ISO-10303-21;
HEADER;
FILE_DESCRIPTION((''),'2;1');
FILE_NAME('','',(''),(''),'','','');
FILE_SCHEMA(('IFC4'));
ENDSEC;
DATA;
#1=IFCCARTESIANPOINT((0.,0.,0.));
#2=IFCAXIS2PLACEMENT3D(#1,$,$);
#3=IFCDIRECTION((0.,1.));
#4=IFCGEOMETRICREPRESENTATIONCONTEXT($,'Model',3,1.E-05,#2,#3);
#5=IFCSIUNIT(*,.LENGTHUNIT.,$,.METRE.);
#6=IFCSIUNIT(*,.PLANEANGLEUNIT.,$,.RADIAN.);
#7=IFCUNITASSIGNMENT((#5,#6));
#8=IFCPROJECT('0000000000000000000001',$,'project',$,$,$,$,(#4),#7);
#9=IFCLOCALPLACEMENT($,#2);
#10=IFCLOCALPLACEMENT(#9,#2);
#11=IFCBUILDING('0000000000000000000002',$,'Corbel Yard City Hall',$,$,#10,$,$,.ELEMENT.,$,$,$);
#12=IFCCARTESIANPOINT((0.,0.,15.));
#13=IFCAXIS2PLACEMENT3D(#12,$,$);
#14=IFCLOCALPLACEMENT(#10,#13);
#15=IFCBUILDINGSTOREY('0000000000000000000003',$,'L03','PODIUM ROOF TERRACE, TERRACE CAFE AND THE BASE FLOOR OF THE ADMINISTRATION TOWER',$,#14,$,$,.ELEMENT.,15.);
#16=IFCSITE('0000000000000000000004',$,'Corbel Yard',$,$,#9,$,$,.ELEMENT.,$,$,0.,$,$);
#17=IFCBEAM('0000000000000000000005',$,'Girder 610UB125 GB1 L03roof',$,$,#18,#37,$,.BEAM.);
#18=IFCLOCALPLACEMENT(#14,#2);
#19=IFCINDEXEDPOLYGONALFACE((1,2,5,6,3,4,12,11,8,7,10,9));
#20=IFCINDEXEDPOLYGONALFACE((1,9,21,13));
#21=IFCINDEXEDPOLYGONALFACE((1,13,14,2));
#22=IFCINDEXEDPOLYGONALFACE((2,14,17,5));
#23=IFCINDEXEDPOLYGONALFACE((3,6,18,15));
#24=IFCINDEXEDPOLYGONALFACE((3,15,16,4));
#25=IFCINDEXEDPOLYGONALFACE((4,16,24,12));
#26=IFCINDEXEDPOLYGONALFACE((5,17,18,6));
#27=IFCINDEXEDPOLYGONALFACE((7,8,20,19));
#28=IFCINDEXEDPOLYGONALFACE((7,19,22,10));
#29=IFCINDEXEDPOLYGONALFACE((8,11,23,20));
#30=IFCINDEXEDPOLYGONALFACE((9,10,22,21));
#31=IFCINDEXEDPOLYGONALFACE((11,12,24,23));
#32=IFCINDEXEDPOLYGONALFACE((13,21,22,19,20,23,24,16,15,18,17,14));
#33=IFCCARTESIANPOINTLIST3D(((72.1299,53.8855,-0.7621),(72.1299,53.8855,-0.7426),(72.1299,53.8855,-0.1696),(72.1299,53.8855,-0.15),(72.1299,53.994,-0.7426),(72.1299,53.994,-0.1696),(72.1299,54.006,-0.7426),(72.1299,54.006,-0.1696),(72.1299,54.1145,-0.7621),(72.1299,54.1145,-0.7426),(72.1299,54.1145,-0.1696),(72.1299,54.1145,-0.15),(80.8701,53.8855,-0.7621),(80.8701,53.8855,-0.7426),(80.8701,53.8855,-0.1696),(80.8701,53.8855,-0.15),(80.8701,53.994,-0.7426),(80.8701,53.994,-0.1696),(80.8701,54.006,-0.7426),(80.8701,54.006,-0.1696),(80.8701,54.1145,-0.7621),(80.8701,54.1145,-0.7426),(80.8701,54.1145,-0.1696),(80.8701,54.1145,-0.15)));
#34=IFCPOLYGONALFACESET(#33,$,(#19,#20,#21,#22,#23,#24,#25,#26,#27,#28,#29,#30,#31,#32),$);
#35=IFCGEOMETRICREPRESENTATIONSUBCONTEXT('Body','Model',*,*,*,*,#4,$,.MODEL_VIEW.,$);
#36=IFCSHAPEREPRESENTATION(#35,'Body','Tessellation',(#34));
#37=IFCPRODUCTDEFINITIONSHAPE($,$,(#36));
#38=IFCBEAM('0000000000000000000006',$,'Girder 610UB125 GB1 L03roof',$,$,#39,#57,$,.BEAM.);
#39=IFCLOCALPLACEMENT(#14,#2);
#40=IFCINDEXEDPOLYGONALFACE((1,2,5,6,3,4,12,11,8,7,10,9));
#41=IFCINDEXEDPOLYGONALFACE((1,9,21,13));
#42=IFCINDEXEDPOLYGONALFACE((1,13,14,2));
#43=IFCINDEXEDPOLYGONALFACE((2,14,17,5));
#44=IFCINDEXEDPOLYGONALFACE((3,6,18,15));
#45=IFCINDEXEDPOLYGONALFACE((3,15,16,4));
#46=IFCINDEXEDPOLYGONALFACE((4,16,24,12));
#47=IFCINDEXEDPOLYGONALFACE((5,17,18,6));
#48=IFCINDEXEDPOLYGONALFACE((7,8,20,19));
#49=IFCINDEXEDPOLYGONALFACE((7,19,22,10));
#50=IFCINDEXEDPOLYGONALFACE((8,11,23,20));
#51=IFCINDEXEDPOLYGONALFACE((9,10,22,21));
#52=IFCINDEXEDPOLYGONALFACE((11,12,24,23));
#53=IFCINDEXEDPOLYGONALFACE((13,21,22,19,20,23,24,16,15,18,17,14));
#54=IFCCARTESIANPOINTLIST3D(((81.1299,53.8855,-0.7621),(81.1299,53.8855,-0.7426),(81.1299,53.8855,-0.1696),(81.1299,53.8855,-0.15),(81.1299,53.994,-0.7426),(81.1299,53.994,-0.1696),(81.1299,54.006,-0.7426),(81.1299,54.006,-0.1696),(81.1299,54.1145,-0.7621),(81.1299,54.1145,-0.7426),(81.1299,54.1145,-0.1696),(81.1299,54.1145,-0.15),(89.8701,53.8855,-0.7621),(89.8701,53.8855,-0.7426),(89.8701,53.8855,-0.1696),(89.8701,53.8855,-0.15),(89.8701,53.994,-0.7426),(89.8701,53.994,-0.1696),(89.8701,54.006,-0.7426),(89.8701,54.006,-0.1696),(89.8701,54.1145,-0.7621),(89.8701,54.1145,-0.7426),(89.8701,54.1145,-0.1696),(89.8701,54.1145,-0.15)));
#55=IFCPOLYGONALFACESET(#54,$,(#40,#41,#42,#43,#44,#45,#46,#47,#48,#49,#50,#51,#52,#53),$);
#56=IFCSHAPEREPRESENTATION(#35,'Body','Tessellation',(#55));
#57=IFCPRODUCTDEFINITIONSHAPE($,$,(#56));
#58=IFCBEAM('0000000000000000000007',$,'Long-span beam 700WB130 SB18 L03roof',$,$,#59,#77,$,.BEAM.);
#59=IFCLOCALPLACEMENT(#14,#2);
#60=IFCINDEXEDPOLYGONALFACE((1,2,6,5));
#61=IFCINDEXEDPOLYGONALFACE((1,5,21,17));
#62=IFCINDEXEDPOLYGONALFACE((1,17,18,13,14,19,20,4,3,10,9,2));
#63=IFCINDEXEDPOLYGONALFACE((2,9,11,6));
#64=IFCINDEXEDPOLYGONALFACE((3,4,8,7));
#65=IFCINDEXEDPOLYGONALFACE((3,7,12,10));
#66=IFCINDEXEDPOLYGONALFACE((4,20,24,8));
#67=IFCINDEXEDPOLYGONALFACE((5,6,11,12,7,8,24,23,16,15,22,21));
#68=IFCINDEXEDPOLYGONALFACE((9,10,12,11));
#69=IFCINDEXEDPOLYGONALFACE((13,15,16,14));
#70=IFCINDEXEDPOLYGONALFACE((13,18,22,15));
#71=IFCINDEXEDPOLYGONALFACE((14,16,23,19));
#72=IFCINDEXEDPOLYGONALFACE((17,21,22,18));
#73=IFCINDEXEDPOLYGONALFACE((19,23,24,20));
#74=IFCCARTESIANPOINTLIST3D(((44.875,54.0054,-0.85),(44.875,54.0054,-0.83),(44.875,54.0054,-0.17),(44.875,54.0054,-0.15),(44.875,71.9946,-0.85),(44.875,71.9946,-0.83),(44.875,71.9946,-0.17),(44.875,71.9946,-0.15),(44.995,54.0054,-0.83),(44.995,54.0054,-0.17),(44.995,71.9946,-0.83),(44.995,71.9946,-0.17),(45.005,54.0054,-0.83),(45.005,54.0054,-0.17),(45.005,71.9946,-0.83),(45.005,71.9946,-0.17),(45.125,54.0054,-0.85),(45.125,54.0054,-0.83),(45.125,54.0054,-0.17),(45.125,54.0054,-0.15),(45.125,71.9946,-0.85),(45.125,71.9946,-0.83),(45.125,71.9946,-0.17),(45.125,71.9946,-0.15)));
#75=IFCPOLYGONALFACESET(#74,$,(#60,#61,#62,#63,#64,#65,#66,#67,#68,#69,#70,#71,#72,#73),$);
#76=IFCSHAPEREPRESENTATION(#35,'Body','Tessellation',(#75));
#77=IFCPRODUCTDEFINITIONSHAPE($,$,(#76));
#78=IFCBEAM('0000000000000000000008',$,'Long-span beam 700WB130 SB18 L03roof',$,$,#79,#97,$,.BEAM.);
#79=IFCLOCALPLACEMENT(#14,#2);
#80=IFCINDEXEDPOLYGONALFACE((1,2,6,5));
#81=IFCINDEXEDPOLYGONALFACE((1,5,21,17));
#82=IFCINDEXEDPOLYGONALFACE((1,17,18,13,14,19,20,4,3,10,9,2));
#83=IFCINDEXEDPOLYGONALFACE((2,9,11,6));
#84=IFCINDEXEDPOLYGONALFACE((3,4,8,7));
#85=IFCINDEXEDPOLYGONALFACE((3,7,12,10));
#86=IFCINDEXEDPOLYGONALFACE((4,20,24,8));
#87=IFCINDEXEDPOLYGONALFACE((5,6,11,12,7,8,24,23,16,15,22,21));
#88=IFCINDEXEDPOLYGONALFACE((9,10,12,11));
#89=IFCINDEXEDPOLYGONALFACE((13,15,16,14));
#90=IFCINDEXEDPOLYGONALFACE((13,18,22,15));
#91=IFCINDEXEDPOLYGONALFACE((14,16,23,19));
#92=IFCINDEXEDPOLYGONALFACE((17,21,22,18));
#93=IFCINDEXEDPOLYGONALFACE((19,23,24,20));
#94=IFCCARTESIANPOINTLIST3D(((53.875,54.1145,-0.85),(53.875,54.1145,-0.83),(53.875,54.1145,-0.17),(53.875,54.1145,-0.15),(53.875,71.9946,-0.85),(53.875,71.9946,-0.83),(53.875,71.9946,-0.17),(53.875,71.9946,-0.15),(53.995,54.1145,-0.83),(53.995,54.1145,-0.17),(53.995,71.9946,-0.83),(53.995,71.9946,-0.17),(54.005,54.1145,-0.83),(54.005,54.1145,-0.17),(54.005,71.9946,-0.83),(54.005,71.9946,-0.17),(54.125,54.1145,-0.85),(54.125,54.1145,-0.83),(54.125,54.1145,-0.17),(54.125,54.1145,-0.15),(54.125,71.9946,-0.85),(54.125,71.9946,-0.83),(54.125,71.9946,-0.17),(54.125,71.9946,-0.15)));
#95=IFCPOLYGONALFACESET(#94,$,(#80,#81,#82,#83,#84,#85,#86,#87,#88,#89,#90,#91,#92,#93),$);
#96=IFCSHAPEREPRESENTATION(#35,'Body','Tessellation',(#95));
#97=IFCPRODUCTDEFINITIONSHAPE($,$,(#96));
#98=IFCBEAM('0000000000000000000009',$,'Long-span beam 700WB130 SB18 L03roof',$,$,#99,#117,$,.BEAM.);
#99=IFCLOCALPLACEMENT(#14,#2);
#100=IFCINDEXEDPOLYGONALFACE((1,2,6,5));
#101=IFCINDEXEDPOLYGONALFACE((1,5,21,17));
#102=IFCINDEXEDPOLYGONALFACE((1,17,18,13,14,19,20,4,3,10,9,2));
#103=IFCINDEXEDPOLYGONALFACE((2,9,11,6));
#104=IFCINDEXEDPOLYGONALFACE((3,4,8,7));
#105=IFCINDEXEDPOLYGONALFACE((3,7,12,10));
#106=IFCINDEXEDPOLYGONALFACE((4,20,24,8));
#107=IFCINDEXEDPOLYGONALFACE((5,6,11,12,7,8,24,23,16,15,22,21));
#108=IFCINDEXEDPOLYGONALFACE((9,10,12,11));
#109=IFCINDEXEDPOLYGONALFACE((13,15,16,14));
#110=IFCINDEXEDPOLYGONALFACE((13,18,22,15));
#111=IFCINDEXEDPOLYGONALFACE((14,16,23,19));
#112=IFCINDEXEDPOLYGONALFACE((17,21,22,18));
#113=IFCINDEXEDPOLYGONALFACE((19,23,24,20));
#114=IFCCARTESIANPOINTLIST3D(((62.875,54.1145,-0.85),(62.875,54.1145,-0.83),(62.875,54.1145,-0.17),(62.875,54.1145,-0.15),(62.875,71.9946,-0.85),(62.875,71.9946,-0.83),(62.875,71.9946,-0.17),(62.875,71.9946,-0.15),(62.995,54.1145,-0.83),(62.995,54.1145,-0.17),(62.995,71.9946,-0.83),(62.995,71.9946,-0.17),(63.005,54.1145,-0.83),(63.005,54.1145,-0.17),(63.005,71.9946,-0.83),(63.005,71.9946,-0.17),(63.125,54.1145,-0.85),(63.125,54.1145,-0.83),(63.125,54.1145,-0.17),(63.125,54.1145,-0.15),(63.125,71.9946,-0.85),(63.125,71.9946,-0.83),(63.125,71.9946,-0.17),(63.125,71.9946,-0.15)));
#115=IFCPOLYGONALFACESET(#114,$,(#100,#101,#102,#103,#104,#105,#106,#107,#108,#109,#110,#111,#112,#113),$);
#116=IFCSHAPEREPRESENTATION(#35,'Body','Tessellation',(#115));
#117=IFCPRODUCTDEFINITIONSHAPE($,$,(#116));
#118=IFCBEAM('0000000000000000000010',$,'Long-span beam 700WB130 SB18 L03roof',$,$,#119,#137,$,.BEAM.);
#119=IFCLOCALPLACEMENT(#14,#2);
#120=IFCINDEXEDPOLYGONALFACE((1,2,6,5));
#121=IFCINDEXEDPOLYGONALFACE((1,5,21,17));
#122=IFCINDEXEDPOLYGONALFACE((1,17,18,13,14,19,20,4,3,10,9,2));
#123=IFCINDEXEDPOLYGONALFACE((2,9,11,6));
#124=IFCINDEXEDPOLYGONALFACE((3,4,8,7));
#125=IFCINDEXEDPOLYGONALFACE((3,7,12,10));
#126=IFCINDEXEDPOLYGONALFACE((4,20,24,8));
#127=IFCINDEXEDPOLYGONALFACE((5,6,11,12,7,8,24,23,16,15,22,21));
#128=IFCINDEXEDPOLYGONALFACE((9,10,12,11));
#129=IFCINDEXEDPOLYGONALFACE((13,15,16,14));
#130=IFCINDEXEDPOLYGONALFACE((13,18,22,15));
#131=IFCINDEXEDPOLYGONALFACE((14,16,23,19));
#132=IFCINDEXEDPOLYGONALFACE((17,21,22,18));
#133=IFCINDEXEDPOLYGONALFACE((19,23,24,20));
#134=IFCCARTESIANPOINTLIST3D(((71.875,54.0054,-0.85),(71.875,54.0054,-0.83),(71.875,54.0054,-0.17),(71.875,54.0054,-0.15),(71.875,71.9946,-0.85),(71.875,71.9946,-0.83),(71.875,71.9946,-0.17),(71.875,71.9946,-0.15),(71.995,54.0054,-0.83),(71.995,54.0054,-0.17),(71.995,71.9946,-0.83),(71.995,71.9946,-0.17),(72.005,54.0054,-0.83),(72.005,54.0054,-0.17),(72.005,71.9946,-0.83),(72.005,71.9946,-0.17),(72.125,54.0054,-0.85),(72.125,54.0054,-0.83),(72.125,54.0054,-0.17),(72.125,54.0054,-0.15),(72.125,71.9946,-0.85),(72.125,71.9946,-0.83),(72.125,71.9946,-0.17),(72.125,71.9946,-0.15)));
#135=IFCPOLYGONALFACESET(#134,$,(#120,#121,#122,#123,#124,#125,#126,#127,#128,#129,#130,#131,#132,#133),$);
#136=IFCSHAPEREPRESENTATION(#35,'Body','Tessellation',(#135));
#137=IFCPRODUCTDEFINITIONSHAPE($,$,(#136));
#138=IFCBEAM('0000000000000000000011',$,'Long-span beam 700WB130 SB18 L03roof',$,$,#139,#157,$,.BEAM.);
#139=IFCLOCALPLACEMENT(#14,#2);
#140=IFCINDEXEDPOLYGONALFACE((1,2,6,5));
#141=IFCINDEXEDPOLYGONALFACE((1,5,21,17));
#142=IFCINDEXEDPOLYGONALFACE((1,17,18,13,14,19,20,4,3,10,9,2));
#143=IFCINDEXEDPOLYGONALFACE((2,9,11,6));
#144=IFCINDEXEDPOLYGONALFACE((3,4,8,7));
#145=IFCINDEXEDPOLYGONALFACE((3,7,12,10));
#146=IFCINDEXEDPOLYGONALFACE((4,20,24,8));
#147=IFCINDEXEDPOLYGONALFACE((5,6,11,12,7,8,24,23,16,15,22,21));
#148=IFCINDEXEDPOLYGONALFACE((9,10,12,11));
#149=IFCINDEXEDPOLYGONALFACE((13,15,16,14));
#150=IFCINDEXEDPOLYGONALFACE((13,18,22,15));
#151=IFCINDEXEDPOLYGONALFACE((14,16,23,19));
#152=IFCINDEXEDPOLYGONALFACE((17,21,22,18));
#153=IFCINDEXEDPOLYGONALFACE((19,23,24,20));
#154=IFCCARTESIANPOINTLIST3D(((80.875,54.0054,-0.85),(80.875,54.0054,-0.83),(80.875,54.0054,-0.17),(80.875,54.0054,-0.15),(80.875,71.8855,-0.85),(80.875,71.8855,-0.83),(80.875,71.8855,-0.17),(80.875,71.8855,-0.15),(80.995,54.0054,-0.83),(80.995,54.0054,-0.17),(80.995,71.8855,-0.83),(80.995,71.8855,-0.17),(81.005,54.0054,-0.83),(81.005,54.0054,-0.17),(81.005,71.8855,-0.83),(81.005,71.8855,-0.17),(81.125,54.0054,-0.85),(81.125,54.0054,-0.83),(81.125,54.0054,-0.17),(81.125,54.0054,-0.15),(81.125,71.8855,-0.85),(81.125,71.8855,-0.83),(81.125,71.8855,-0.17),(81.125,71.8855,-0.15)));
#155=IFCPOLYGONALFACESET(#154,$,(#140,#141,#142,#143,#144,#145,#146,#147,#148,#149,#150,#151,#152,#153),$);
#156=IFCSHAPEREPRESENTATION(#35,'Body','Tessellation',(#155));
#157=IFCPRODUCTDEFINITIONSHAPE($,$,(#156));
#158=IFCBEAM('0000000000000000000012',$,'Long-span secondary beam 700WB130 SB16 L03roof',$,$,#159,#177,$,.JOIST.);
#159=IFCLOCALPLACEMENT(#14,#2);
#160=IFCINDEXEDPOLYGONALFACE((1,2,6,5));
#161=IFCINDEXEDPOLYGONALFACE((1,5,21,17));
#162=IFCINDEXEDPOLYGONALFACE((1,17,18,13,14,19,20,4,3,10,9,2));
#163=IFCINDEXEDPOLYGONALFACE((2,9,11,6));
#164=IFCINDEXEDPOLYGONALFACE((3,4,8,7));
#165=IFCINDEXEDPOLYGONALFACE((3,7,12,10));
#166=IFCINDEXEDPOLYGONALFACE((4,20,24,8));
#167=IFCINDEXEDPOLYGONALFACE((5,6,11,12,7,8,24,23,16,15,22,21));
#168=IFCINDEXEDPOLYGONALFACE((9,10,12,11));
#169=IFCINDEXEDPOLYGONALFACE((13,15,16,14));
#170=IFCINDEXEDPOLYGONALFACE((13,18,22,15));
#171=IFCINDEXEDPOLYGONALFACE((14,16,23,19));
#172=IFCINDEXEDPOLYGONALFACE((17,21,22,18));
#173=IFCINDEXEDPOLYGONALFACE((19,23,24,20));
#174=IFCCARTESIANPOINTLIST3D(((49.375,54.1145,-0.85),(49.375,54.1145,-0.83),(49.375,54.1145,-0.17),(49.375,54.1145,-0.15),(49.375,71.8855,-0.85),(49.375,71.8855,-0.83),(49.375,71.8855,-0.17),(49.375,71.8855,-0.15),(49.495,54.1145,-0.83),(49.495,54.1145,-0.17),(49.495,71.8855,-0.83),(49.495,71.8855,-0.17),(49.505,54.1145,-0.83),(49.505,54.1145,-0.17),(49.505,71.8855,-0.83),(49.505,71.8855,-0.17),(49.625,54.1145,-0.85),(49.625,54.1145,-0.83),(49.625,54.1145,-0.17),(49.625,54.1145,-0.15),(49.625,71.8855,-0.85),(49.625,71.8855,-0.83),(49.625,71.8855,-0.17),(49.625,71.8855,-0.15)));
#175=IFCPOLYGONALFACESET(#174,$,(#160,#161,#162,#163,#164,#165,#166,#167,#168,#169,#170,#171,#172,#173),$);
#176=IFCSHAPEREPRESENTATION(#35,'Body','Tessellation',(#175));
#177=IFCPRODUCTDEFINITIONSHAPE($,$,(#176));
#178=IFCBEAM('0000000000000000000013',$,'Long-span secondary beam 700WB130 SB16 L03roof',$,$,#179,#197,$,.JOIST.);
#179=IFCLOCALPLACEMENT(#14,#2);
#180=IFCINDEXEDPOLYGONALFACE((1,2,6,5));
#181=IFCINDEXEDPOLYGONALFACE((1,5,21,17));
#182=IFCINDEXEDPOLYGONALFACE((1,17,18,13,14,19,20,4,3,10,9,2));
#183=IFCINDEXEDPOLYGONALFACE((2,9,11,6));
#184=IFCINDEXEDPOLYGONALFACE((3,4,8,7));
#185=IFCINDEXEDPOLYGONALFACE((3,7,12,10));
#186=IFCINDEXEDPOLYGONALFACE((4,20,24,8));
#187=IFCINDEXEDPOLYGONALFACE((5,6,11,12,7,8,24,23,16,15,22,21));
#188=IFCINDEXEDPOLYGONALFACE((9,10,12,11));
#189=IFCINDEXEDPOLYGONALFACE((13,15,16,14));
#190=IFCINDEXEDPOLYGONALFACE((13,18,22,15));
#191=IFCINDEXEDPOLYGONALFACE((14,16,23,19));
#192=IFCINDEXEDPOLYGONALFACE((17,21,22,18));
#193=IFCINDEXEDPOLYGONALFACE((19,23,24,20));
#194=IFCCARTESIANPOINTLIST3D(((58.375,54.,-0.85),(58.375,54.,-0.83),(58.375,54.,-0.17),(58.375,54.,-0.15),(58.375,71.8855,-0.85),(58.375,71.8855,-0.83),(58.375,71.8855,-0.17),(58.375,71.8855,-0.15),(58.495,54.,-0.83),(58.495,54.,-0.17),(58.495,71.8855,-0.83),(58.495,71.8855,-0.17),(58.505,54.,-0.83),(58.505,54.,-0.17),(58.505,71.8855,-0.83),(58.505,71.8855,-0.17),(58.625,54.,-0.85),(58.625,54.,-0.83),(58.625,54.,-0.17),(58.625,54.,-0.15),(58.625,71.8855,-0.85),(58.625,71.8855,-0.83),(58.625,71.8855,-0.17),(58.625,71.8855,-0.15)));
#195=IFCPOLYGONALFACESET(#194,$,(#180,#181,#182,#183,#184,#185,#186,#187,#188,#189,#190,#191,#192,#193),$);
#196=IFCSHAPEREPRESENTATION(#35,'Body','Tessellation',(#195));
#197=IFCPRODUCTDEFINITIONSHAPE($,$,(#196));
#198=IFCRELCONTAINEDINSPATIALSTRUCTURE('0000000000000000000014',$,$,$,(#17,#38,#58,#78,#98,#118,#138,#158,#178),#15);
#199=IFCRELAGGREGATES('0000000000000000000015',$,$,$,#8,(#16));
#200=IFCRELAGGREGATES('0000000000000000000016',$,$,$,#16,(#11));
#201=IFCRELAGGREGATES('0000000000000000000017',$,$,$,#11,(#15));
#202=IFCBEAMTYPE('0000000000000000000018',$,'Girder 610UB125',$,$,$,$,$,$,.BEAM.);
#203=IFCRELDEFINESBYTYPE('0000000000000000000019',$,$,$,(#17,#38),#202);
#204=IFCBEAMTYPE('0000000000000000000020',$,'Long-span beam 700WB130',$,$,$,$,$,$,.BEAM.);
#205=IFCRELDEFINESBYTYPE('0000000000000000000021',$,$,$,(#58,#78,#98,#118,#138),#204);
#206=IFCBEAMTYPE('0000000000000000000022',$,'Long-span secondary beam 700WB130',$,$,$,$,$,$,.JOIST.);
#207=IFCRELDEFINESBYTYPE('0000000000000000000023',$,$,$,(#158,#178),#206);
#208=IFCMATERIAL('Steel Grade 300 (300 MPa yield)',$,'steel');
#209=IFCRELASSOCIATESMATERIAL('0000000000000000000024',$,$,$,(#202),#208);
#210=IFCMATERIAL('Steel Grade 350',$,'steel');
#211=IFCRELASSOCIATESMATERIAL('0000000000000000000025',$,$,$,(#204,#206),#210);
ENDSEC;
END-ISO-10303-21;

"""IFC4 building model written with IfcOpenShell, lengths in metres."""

from ifc_helpers import new_model, si_unit, direction, frame, origin, origin_2d, place, context, subcontext, project, spatial, i_section, extrude, material, material_profile, profile_set, type_object, element, save


model = new_model("IFC4")

# Units and contexts
model_context = context("Model", 3, precision=1e-05, world=origin(), true_north=direction((0.0, 1.0)))
body_context = subcontext(model_context, "Body", "Model", "MODEL_VIEW")
ifc_project = project(units=[si_unit("LENGTHUNIT", "METRE"), si_unit("PLANEANGLEUNIT", "RADIAN")], contexts=[model_context])

# Site, building, storey
site_placement = place(None, origin())
site = spatial("IfcSite", under=ifc_project, at=site_placement, Name="Corbel Yard", CompositionType="ELEMENT", RefElevation=0.0)
building_placement = place(site_placement, origin())
building = spatial("IfcBuilding", under=site, at=building_placement, Name="Corbel Yard City Hall", CompositionType="ELEMENT")
storey_placement = place(building_placement, frame((0.0, 0.0, 15.0)))
storey = spatial("IfcBuildingStorey", under=building, at=storey_placement, Name="L03", Description="PODIUM ROOF TERRACE, TERRACE CAFE AND THE BASE FLOOR OF THE ADMINISTRATION TOWER", CompositionType="ELEMENT", Elevation=15.0)

# Beams
ifc_material_1 = material(Name="Steel Grade 300 (300 MPa yield)", Category="steel")
ifc_material_profile_1 = material_profile(ifc_material_1, i_section(OverallWidth=0.229, OverallDepth=0.6121, WebThickness=0.012, FlangeThickness=0.0195, at=origin_2d()), Name="610UB125")
ifc_profile_set_1 = profile_set([ifc_material_profile_1], Name="Steel Grade 300 (300 MPa yield)")
beam_type_1 = type_object("IfcBeamType", Name="Girder 610UB125", PredefinedType="BEAM", material=ifc_profile_set_1)
for number, where, z_axis, x_axis, name in (
    (1, (72.1299, 54.0, -0.4561), (1.0, 0.0, 0.0), (0.0, 1.0, 0.0), "Girder 610UB125 GB1 L03roof"),
    (2, (81.1299, 54.0, -0.4561), (1.0, 0.0, 0.0), (0.0, 1.0, 0.0), "Girder 610UB125 GB1 L03roof"),
):
    element("IfcBeam", number, at=place(storey_placement, frame(where, z_axis=z_axis, x_axis=x_axis)), inside=storey, type_object=beam_type_1, Name=name, PredefinedType="BEAM", context=body_context, shape_type="SweptSolid", body=[
        extrude(i_section(OverallWidth=0.229, OverallDepth=0.6121, WebThickness=0.012, FlangeThickness=0.0195, at=origin_2d()), origin(), (0.0, 0.0, 1.0), 8.7402),
    ])
ifc_material_2 = material(Name="Steel Grade 350", Category="steel")
ifc_material_profile_2 = material_profile(ifc_material_2, i_section(OverallWidth=0.25, OverallDepth=0.7, WebThickness=0.01, FlangeThickness=0.02, at=origin_2d()), Name="700WB130")
ifc_profile_set_2 = profile_set([ifc_material_profile_2], Name="Steel Grade 350")
beam_type_2 = type_object("IfcBeamType", Name="Long-span beam 700WB130", PredefinedType="BEAM", material=ifc_profile_set_2)
beam_1_placement = place(storey_placement, frame((45.0, 54.0054, -0.5), z_axis=(0.0, 1.0, 0.0), x_axis=(-1.0, 0.0, 0.0)))
element("IfcBeam", 3, at=beam_1_placement, inside=storey, type_object=beam_type_2, Name="Long-span beam 700WB130 SB18 L03roof", PredefinedType="BEAM", context=body_context, shape_type="SweptSolid", body=[
    extrude(i_section(OverallWidth=0.25, OverallDepth=0.7, WebThickness=0.01, FlangeThickness=0.02, at=origin_2d()), origin(), (0.0, 0.0, 1.0), 17.9893),
])
for number, where, z_axis, x_axis, name in (
    (4, (54.0, 54.1145, -0.5), (0.0, 1.0, 0.0), (-1.0, 0.0, 0.0), "Long-span beam 700WB130 SB18 L03roof"),
    (5, (63.0, 54.1145, -0.5), (0.0, 1.0, 0.0), (-1.0, 0.0, 0.0), "Long-span beam 700WB130 SB18 L03roof"),
):
    element("IfcBeam", number, at=place(storey_placement, frame(where, z_axis=z_axis, x_axis=x_axis)), inside=storey, type_object=beam_type_2, Name=name, PredefinedType="BEAM", context=body_context, shape_type="SweptSolid", body=[
        extrude(i_section(OverallWidth=0.25, OverallDepth=0.7, WebThickness=0.01, FlangeThickness=0.02, at=origin_2d()), origin(), (0.0, 0.0, 1.0), 17.8801),
    ])
beam_2_placement = place(storey_placement, frame((72.0, 54.0054, -0.5), z_axis=(0.0, 1.0, 0.0), x_axis=(-1.0, 0.0, 0.0)))
element("IfcBeam", 6, at=beam_2_placement, inside=storey, type_object=beam_type_2, Name="Long-span beam 700WB130 SB18 L03roof", PredefinedType="BEAM", context=body_context, shape_type="SweptSolid", body=[
    extrude(i_section(OverallWidth=0.25, OverallDepth=0.7, WebThickness=0.01, FlangeThickness=0.02, at=origin_2d()), origin(), (0.0, 0.0, 1.0), 17.9893),
])
beam_3_placement = place(storey_placement, frame((81.0, 54.0054, -0.5), z_axis=(0.0, 1.0, 0.0), x_axis=(-1.0, 0.0, 0.0)))
element("IfcBeam", 7, at=beam_3_placement, inside=storey, type_object=beam_type_2, Name="Long-span beam 700WB130 SB18 L03roof", PredefinedType="BEAM", context=body_context, shape_type="SweptSolid", body=[
    extrude(i_section(OverallWidth=0.25, OverallDepth=0.7, WebThickness=0.01, FlangeThickness=0.02, at=origin_2d()), origin(), (0.0, 0.0, 1.0), 17.8801),
])
ifc_material_profile_3 = material_profile(ifc_material_2, i_section(OverallWidth=0.25, OverallDepth=0.7, WebThickness=0.01, FlangeThickness=0.02, at=origin_2d()), Name="700WB130")
ifc_profile_set_3 = profile_set([ifc_material_profile_3], Name="Steel Grade 350")
beam_type_3 = type_object("IfcBeamType", Name="Long-span secondary beam 700WB130", PredefinedType="JOIST", material=ifc_profile_set_3)
beam_4_placement = place(storey_placement, frame((49.5, 54.1145, -0.5), z_axis=(0.0, 1.0, 0.0), x_axis=(-1.0, 0.0, 0.0)))
element("IfcBeam", 8, at=beam_4_placement, inside=storey, type_object=beam_type_3, Name="Long-span secondary beam 700WB130 SB16 L03roof", PredefinedType="JOIST", context=body_context, shape_type="SweptSolid", body=[
    extrude(i_section(OverallWidth=0.25, OverallDepth=0.7, WebThickness=0.01, FlangeThickness=0.02, at=origin_2d()), origin(), (0.0, 0.0, 1.0), 17.771),
])
beam_5_placement = place(storey_placement, frame((58.5, 54.0, -0.5), z_axis=(0.0, 1.0, 0.0), x_axis=(-1.0, 0.0, 0.0)))
element("IfcBeam", 9, at=beam_5_placement, inside=storey, type_object=beam_type_3, Name="Long-span secondary beam 700WB130 SB16 L03roof", PredefinedType="JOIST", context=body_context, shape_type="SweptSolid", body=[
    extrude(i_section(OverallWidth=0.25, OverallDepth=0.7, WebThickness=0.01, FlangeThickness=0.02, at=origin_2d()), origin(), (0.0, 0.0, 1.0), 17.8855),
])

save(model, "model.ifc")
